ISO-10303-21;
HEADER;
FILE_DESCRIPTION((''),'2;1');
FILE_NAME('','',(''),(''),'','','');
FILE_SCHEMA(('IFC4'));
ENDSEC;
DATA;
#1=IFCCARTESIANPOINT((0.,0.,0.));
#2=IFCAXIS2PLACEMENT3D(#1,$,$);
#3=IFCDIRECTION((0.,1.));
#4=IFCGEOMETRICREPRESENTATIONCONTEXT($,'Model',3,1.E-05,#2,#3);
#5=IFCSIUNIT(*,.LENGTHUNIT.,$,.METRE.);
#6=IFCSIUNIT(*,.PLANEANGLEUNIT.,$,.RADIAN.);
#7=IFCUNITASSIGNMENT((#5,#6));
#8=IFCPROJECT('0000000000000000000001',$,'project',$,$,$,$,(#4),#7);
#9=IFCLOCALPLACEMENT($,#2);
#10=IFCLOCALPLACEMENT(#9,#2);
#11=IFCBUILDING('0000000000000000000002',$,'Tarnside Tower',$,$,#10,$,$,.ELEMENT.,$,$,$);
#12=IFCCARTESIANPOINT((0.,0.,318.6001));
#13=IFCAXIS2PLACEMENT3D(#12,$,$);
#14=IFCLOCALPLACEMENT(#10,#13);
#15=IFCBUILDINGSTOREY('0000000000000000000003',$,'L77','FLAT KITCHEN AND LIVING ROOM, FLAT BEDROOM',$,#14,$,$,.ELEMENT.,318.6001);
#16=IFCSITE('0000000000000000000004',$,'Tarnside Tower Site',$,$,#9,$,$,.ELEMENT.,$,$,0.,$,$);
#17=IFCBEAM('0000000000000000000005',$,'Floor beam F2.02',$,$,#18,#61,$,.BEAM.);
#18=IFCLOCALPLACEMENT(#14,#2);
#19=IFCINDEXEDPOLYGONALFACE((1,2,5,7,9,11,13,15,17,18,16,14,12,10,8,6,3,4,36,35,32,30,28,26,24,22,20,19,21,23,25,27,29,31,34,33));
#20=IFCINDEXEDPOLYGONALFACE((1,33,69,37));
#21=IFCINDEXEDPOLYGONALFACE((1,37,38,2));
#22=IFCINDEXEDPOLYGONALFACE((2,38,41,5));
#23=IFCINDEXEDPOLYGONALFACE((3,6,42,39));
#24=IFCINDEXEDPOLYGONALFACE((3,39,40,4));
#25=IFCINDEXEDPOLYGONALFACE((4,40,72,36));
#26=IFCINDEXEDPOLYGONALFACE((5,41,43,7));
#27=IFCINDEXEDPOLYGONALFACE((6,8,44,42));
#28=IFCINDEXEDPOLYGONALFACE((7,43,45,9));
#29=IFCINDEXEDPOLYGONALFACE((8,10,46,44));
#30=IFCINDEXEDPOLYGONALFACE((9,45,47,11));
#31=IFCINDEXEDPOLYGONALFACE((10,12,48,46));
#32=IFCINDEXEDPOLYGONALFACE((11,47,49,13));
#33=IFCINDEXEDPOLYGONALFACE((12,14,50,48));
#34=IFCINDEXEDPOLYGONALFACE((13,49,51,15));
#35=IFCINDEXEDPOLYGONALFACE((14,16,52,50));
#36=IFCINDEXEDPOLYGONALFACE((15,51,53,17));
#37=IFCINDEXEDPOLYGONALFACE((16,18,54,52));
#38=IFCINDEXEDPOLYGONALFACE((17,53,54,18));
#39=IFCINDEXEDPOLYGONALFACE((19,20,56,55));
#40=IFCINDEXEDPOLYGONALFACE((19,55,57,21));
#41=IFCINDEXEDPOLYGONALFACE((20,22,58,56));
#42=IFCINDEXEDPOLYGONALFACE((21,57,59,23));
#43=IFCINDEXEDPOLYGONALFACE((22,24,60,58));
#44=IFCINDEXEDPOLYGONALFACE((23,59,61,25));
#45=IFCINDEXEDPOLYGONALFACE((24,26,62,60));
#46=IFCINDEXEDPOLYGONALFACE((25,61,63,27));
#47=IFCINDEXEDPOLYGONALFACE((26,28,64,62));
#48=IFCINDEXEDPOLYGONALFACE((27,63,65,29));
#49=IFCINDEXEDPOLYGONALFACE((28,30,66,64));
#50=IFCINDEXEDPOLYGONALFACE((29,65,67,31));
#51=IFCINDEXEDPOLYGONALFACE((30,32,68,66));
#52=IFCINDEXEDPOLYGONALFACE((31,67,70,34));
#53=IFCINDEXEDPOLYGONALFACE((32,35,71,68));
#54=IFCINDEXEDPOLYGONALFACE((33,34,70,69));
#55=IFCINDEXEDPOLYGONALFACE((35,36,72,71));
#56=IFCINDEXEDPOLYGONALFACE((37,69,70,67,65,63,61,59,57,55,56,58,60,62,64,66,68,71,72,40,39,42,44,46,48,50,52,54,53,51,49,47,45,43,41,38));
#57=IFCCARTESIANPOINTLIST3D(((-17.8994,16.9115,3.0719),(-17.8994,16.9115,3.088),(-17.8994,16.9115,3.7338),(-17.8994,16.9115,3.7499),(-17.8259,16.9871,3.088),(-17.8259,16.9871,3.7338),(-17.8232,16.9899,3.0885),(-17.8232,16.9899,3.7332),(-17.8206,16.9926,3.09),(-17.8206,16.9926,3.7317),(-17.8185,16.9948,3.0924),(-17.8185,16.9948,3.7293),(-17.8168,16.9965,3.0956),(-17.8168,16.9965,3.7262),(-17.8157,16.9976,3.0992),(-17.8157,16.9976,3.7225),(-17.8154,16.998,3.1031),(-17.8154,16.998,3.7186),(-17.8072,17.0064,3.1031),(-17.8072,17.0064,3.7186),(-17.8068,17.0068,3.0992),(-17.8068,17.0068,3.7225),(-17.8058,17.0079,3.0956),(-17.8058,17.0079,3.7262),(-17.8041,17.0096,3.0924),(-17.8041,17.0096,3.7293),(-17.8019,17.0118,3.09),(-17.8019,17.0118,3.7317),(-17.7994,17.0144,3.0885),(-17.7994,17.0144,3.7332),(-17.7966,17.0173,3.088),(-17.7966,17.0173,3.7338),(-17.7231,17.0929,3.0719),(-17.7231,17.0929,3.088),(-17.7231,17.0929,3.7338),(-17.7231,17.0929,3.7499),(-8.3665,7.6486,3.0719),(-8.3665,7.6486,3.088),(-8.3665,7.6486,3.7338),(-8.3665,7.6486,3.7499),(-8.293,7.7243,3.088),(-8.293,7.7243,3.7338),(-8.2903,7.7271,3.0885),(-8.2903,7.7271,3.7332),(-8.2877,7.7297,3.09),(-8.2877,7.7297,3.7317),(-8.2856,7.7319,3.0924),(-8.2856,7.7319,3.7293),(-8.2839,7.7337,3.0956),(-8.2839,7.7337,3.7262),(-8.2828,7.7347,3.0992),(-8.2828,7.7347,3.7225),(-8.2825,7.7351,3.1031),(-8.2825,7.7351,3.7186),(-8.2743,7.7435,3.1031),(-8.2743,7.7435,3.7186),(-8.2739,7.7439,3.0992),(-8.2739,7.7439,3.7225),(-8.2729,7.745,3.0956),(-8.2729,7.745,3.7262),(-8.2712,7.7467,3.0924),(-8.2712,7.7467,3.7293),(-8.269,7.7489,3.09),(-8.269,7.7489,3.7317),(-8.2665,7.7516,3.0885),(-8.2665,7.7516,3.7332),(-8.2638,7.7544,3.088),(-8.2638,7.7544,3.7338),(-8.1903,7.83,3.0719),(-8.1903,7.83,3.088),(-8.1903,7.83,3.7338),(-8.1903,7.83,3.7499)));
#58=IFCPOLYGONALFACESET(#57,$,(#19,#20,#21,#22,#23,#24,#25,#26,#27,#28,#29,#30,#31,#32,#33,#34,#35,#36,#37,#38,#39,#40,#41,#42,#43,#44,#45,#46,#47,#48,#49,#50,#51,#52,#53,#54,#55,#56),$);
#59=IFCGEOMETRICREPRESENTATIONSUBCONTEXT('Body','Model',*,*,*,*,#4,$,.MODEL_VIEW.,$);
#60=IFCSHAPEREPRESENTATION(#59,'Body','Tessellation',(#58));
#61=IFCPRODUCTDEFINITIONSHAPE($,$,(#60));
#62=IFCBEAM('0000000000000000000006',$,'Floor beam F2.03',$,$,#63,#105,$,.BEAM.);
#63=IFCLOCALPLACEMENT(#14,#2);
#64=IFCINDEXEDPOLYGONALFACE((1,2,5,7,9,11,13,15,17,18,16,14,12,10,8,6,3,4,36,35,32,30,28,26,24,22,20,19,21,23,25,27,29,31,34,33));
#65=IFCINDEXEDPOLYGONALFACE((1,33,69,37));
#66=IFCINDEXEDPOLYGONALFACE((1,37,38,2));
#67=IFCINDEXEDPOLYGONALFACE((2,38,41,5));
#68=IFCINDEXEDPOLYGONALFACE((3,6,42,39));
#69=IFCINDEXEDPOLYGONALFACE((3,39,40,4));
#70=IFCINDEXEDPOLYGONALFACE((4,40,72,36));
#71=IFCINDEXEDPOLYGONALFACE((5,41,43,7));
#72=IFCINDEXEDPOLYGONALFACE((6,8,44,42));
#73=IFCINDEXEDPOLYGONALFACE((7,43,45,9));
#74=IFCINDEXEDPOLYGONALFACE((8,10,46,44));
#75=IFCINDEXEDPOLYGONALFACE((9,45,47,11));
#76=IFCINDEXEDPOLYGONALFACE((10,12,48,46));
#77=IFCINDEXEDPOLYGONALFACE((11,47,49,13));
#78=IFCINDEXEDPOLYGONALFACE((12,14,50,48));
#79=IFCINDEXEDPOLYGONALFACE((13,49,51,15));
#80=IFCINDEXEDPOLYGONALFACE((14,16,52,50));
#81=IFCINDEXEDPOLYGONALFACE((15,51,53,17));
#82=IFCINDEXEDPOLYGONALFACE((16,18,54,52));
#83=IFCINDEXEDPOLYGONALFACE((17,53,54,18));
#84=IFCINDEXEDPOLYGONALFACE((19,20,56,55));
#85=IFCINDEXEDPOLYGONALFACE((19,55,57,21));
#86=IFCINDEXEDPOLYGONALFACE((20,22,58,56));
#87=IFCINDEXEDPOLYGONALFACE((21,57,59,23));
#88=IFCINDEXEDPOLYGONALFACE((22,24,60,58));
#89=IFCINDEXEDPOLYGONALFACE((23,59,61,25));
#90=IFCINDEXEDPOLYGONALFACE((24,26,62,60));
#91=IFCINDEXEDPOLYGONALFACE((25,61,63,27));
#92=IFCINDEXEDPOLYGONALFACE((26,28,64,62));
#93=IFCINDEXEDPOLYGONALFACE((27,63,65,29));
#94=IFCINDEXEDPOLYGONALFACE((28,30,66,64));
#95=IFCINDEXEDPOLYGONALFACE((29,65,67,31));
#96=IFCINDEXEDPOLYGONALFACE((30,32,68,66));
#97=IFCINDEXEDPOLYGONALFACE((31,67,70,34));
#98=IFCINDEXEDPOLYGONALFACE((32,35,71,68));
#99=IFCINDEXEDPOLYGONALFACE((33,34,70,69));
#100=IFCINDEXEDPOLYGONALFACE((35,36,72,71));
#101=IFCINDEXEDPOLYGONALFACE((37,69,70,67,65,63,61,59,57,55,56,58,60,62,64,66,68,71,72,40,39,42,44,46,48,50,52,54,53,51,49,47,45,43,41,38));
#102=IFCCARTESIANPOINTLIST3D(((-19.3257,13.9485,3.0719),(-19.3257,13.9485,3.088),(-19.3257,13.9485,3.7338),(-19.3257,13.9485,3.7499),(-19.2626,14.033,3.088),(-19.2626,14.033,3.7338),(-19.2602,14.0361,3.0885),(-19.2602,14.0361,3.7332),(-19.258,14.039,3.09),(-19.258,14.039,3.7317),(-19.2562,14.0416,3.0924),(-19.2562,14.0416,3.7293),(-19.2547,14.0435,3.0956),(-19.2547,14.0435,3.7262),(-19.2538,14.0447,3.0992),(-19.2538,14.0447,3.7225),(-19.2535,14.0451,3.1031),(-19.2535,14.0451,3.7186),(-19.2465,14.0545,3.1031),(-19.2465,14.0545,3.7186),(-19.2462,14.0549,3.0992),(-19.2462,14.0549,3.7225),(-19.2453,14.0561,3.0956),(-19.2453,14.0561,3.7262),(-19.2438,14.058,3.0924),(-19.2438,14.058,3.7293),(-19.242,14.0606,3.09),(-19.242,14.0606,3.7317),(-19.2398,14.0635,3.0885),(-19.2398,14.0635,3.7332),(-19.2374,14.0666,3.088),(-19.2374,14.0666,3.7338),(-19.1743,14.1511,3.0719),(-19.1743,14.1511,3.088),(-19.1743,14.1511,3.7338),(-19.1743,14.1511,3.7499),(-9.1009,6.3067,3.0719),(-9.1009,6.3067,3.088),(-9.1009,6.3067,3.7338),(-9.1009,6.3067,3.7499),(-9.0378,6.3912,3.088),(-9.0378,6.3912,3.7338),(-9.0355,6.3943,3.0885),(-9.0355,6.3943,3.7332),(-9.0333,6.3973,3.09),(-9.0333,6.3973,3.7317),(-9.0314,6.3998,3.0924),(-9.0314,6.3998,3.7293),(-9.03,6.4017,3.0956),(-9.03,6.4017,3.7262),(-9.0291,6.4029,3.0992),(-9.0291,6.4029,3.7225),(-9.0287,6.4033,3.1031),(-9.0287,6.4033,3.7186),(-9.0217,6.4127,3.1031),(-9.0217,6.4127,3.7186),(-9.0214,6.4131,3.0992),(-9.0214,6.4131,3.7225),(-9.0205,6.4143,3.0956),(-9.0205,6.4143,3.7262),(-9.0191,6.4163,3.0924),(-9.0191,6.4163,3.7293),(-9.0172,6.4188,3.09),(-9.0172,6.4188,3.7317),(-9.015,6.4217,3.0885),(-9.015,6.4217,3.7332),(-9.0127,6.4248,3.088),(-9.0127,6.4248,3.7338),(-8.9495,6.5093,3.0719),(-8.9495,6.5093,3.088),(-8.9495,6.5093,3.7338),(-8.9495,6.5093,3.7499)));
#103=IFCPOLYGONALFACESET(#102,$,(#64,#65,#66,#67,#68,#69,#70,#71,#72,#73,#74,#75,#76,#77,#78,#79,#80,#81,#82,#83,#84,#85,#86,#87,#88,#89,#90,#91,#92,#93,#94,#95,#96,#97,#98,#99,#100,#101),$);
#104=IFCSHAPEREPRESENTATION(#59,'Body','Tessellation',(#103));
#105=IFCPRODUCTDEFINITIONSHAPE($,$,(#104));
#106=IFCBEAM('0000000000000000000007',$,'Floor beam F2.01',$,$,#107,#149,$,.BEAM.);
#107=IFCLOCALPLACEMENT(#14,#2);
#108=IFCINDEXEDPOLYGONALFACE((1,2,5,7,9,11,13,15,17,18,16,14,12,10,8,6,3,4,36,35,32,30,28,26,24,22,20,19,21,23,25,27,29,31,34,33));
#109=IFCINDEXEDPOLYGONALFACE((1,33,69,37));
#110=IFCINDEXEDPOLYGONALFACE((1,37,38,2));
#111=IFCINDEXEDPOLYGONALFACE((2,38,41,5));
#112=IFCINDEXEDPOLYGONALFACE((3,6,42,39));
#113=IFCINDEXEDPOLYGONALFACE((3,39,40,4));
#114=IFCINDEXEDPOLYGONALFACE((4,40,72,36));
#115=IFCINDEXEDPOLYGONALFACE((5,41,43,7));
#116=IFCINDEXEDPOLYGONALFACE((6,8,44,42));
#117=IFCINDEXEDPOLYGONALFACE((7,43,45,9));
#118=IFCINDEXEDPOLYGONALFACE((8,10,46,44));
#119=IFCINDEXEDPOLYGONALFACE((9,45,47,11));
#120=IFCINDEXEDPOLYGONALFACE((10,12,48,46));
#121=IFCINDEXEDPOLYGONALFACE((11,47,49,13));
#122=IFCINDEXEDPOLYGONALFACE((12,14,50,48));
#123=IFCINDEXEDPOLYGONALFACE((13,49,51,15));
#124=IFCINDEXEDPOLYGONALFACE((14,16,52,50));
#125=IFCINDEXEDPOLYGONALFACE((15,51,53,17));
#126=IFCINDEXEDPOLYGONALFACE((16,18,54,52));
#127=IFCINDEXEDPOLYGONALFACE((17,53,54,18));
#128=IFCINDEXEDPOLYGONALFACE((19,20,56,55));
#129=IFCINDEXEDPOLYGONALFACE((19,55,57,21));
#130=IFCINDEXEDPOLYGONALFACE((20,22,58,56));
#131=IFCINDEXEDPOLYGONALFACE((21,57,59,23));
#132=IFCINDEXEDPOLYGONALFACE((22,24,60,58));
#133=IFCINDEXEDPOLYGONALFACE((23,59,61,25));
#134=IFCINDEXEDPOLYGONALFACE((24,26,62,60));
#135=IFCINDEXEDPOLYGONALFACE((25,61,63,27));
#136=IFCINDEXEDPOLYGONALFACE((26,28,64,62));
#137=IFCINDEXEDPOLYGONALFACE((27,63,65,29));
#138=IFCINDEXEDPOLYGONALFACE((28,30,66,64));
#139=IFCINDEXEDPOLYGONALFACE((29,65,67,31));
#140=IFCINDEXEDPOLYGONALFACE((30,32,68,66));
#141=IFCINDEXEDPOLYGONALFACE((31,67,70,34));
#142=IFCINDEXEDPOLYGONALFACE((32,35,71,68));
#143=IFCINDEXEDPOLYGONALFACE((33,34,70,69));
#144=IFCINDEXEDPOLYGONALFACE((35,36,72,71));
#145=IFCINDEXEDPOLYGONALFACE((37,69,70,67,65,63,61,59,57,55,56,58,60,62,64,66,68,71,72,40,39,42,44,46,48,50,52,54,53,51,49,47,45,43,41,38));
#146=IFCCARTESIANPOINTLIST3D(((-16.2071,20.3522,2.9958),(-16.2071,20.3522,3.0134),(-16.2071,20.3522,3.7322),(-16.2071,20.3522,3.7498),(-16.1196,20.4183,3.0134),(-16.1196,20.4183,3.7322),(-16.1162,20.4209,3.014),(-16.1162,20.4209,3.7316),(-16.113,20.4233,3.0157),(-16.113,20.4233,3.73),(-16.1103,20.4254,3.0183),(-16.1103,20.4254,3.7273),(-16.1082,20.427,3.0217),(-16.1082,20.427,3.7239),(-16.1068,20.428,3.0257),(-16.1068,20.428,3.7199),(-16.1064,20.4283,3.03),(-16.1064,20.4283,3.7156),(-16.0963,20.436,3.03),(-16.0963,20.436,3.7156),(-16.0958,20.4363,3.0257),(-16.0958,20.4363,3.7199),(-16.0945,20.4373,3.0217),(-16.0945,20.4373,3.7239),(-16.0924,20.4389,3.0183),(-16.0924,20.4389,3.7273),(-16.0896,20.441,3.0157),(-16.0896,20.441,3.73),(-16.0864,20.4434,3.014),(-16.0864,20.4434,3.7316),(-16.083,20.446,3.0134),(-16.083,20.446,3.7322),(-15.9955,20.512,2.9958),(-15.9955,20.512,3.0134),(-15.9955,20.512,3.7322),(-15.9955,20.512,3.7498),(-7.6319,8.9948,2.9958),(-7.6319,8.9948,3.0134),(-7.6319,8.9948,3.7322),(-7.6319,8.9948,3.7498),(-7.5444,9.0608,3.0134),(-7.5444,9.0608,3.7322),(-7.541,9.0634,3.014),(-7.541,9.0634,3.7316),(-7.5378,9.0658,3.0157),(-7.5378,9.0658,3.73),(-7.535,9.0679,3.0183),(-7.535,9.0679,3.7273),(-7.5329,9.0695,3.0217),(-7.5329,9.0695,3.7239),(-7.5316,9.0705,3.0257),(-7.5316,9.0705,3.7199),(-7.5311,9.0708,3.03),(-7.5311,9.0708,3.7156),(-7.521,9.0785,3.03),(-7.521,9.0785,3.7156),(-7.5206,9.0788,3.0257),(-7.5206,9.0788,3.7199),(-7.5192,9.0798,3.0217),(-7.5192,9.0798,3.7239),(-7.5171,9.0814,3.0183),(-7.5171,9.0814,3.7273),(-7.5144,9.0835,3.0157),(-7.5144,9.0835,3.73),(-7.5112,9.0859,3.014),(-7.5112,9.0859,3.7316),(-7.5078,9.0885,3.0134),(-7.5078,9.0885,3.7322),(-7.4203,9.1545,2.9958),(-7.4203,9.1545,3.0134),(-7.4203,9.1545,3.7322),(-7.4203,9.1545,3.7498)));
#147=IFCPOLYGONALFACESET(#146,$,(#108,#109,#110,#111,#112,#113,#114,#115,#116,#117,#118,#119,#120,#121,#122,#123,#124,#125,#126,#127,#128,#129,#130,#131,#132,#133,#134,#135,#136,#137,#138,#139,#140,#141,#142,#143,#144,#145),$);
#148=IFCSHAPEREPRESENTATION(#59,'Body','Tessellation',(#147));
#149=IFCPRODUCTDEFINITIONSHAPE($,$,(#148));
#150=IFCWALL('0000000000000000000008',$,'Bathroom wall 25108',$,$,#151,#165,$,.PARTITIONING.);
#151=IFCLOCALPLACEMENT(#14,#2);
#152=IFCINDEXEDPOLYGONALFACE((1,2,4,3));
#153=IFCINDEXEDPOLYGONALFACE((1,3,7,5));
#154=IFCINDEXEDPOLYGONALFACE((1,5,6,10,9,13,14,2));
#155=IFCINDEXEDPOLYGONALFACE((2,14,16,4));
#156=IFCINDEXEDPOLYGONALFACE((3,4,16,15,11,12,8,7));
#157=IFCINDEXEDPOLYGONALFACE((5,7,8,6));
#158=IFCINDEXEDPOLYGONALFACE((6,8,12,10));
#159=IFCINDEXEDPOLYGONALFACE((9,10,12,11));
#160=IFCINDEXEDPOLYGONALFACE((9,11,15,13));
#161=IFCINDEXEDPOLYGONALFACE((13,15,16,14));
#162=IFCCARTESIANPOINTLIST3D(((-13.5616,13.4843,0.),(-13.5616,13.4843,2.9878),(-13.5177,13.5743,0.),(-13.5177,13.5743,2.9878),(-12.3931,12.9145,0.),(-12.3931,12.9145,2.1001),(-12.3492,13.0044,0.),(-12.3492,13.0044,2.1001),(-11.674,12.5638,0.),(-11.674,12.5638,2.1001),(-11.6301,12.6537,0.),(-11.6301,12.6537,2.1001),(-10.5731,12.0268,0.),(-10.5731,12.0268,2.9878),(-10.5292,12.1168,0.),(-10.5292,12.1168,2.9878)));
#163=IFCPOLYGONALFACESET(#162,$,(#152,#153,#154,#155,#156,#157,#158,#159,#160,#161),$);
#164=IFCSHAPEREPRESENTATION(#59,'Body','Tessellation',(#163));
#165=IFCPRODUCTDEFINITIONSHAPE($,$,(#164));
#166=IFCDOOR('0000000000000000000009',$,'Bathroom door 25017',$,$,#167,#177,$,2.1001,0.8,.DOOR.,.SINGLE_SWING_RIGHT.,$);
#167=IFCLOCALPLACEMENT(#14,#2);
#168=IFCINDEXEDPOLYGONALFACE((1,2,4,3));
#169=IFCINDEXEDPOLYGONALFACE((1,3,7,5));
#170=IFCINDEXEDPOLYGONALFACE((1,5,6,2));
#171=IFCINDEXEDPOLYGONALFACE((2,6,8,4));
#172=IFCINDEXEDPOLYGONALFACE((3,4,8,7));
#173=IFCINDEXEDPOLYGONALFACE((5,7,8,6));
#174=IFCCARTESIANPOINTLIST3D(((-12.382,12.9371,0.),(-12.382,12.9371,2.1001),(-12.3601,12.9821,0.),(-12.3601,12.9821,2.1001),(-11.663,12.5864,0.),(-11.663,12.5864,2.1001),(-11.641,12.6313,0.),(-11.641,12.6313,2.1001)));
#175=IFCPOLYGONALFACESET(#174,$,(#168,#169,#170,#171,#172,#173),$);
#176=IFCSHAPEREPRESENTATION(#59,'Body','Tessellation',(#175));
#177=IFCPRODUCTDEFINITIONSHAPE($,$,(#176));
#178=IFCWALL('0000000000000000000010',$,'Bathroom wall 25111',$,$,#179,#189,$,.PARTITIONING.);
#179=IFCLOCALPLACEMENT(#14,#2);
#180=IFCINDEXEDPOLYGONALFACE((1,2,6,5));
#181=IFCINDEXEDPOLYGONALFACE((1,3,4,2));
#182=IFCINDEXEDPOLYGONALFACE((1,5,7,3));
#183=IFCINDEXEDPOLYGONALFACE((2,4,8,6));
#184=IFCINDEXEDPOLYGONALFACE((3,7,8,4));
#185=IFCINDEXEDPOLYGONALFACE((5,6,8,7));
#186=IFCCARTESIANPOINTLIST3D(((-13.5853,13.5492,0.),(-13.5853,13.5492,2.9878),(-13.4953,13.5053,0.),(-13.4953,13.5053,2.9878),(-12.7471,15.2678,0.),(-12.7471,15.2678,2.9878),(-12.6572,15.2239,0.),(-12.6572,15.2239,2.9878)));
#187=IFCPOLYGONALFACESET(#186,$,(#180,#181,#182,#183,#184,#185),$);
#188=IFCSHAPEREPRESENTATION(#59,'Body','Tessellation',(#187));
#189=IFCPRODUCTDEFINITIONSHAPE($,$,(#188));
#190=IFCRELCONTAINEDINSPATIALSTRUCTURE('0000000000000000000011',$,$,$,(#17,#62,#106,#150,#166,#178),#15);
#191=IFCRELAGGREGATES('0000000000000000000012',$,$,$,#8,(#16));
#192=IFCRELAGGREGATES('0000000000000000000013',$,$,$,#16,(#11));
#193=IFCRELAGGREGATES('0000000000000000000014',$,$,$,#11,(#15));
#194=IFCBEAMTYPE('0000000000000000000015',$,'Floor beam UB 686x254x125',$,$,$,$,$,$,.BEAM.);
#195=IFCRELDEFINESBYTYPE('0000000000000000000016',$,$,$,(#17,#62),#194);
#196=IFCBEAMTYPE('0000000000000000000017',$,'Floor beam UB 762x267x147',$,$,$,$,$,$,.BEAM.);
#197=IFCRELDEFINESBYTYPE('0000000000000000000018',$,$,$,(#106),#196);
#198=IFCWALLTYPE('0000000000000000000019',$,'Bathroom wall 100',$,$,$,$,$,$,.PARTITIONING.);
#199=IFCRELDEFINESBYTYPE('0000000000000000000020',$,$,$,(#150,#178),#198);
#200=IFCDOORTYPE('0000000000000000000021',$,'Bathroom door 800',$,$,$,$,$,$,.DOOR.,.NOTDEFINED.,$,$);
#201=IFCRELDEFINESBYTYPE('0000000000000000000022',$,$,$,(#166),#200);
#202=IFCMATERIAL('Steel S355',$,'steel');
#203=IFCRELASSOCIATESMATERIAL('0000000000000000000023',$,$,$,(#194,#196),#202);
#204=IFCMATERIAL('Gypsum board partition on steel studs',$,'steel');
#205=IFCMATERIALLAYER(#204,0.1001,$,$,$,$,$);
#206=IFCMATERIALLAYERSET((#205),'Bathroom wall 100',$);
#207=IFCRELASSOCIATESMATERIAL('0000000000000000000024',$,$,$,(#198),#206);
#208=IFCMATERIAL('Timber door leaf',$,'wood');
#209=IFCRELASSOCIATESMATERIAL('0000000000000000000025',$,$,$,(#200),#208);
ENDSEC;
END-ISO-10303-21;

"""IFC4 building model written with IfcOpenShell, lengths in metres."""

from ifc_helpers import new_model, si_unit, direction, frame, frame_2d, origin, origin_2d, place, context, subcontext, project, spatial, rectangle, i_section, extrude, material, layer, layer_set, material_profile, profile_set, type_object, element, fill, save


model = new_model("IFC4")

# Units and contexts
model_context = context("Model", 3, precision=1e-05, world=origin(), true_north=direction((0.0, 1.0)))
body_context = subcontext(model_context, "Body", "Model", "MODEL_VIEW")
ifc_project = project(units=[si_unit("LENGTHUNIT", "METRE"), si_unit("PLANEANGLEUNIT", "RADIAN")], contexts=[model_context])

# Site, building, storey
site_placement = place(None, origin())
site = spatial("IfcSite", under=ifc_project, at=site_placement, Name="Tarnside Tower Site", CompositionType="ELEMENT", RefElevation=0.0)
building_placement = place(site_placement, origin())
building = spatial("IfcBuilding", under=site, at=building_placement, Name="Tarnside Tower", CompositionType="ELEMENT")
storey_placement = place(building_placement, frame((0.0, 0.0, 318.6001)))
storey = spatial("IfcBuildingStorey", under=building, at=storey_placement, Name="L77", Description="FLAT KITCHEN AND LIVING ROOM, FLAT BEDROOM", CompositionType="ELEMENT", Elevation=318.6001)

# Beams
ifc_material_1 = material(Name="Steel S355", Category="steel")
ifc_material_profile_1 = material_profile(ifc_material_1, i_section(OverallWidth=0.2529, OverallDepth=0.678, WebThickness=0.0117, FlangeThickness=0.0161, FilletRadius=0.0151, at=origin_2d()), Name="UB 686x254x125")
ifc_profile_set_1 = profile_set([ifc_material_profile_1], Name="Steel S355")
beam_type_1 = type_object("IfcBeamType", Name="Floor beam UB 686x254x125", PredefinedType="BEAM", material=ifc_profile_set_1)
beam_1_placement = place(storey_placement, frame((-17.8113, 17.0022, 3.4109), z_axis=(0.717191, -0.696877, 0.0), x_axis=(0.696877, 0.717191, 0.0)))
element("IfcBeam", 1, at=beam_1_placement, inside=storey, type_object=beam_type_1, Name="Floor beam F2.02", PredefinedType="BEAM", context=body_context, shape_type="SweptSolid", body=[
    extrude(i_section(OverallWidth=0.2529, OverallDepth=0.678, WebThickness=0.0117, FlangeThickness=0.0161, FilletRadius=0.0151, at=origin_2d()), origin(), (0.0, 0.0, 1.0), 13.292),
])
beam_2_placement = place(storey_placement, frame((-19.25, 14.0498, 3.4109), z_axis=(0.801006, -0.598656, 0.0), x_axis=(0.598656, 0.801006, 0.0)))
element("IfcBeam", 2, at=beam_2_placement, inside=storey, type_object=beam_type_1, Name="Floor beam F2.03", PredefinedType="BEAM", context=body_context, shape_type="SweptSolid", body=[
    extrude(i_section(OverallWidth=0.2529, OverallDepth=0.678, WebThickness=0.0117, FlangeThickness=0.0161, FilletRadius=0.0151, at=origin_2d()), origin(), (0.0, 0.0, 1.0), 12.7649),
])
ifc_material_profile_2 = material_profile(ifc_material_1, i_section(OverallWidth=0.2651, OverallDepth=0.7539, WebThickness=0.0127, FlangeThickness=0.0176, FilletRadius=0.0166, at=origin_2d()), Name="UB 762x267x147")
ifc_profile_set_2 = profile_set([ifc_material_profile_2], Name="Steel S355")
beam_type_2 = type_object("IfcBeamType", Name="Floor beam UB 762x267x147", PredefinedType="BEAM", material=ifc_profile_set_2)
beam_3_placement = place(storey_placement, frame((-16.1013, 20.4321, 3.3728), z_axis=(0.602566, -0.798069, 0.0), x_axis=(0.798069, 0.602566, 0.0)))
element("IfcBeam", 3, at=beam_3_placement, inside=storey, type_object=beam_type_2, Name="Floor beam F2.01", PredefinedType="BEAM", context=body_context, shape_type="SweptSolid", body=[
    extrude(i_section(OverallWidth=0.2651, OverallDepth=0.7539, WebThickness=0.0127, FlangeThickness=0.0176, FilletRadius=0.0166, at=origin_2d()), origin(), (0.0, 0.0, 1.0), 14.2312),
])

# Wall, opening, door
ifc_material_2 = material(Name="Gypsum board partition on steel studs", Category="steel")
ifc_layer_1 = layer(ifc_material_2, 0.1001)
ifc_layer_set_1 = layer_set([ifc_layer_1], Name="Bathroom wall 100")
wall_type_1 = type_object("IfcWallType", Name="Bathroom wall 100", PredefinedType="PARTITIONING", material=ifc_layer_set_1)
wall_1_placement = place(storey_placement, frame((-10.551, 12.0718, 0.0), z_axis=(0.0, 0.0, 1.0), x_axis=(-0.898804, 0.438351, 0.0)))
wall_1 = element("IfcWall", 4, at=wall_1_placement, inside=storey, type_object=wall_type_1, Name="Bathroom wall 25108", PredefinedType="PARTITIONING", context=body_context, shape_type="SweptSolid", body=[
    extrude(rectangle(XDim=3.325, YDim=0.1001, at=frame_2d((1.6626, 0.0))), origin(), (0.0, 0.0, 1.0), 2.9878),
])
opening_1_placement = place(wall_1_placement, frame((1.2251, 0.0, 0.0)))
opening_1 = element("IfcOpeningElement", 5, at=opening_1_placement, cuts=wall_1, PredefinedType="OPENING", context=body_context, shape_type="SweptSolid", body=[
    extrude(rectangle(XDim=0.8, YDim=2.1001, at=frame_2d((0.3999, 1.05))), frame((0.0, 0.0601, 0.0), z_axis=(0.0, -1.0, 0.0), x_axis=(1.0, 0.0, 0.0)), (0.0, 0.0, 1.0), 0.1201),
])
ifc_material_3 = material(Name="Timber door leaf", Category="wood")
door_type_1 = type_object("IfcDoorType", Name="Bathroom door 800", OperationType="NOTDEFINED", PredefinedType="DOOR", material=ifc_material_3)
door_1_placement = place(opening_1_placement, origin())
door_1 = element("IfcDoor", 6, at=door_1_placement, inside=storey, type_object=door_type_1, Name="Bathroom door 25017", OperationType="SINGLE_SWING_RIGHT", OverallHeight=2.1001, OverallWidth=0.8, PredefinedType="DOOR", context=body_context, shape_type="SweptSolid", body=[
    extrude(rectangle(XDim=0.8, YDim=2.1001, at=frame_2d((0.3999, 1.05))), frame((0.0, 0.0249, 0.0), z_axis=(0.0, -1.0, 0.0), x_axis=(1.0, 0.0, 0.0)), (0.0, 0.0, 1.0), 0.05),
])
fill(opening_1, door_1)

# Wall
wall_2_placement = place(storey_placement, frame((-12.7021, 15.2458, 0.0), z_axis=(0.0, 0.0, 1.0), x_axis=(-0.438356, -0.898802, 0.0)))
element("IfcWall", 7, at=wall_2_placement, inside=storey, type_object=wall_type_1, Name="Bathroom wall 25111", PredefinedType="PARTITIONING", context=body_context, shape_type="SweptSolid", body=[
    extrude(rectangle(XDim=1.9121, YDim=0.1001, at=frame_2d((0.9561, 0.0))), origin(), (0.0, 0.0, 1.0), 2.9878),
])

save(model, "model.ifc")
